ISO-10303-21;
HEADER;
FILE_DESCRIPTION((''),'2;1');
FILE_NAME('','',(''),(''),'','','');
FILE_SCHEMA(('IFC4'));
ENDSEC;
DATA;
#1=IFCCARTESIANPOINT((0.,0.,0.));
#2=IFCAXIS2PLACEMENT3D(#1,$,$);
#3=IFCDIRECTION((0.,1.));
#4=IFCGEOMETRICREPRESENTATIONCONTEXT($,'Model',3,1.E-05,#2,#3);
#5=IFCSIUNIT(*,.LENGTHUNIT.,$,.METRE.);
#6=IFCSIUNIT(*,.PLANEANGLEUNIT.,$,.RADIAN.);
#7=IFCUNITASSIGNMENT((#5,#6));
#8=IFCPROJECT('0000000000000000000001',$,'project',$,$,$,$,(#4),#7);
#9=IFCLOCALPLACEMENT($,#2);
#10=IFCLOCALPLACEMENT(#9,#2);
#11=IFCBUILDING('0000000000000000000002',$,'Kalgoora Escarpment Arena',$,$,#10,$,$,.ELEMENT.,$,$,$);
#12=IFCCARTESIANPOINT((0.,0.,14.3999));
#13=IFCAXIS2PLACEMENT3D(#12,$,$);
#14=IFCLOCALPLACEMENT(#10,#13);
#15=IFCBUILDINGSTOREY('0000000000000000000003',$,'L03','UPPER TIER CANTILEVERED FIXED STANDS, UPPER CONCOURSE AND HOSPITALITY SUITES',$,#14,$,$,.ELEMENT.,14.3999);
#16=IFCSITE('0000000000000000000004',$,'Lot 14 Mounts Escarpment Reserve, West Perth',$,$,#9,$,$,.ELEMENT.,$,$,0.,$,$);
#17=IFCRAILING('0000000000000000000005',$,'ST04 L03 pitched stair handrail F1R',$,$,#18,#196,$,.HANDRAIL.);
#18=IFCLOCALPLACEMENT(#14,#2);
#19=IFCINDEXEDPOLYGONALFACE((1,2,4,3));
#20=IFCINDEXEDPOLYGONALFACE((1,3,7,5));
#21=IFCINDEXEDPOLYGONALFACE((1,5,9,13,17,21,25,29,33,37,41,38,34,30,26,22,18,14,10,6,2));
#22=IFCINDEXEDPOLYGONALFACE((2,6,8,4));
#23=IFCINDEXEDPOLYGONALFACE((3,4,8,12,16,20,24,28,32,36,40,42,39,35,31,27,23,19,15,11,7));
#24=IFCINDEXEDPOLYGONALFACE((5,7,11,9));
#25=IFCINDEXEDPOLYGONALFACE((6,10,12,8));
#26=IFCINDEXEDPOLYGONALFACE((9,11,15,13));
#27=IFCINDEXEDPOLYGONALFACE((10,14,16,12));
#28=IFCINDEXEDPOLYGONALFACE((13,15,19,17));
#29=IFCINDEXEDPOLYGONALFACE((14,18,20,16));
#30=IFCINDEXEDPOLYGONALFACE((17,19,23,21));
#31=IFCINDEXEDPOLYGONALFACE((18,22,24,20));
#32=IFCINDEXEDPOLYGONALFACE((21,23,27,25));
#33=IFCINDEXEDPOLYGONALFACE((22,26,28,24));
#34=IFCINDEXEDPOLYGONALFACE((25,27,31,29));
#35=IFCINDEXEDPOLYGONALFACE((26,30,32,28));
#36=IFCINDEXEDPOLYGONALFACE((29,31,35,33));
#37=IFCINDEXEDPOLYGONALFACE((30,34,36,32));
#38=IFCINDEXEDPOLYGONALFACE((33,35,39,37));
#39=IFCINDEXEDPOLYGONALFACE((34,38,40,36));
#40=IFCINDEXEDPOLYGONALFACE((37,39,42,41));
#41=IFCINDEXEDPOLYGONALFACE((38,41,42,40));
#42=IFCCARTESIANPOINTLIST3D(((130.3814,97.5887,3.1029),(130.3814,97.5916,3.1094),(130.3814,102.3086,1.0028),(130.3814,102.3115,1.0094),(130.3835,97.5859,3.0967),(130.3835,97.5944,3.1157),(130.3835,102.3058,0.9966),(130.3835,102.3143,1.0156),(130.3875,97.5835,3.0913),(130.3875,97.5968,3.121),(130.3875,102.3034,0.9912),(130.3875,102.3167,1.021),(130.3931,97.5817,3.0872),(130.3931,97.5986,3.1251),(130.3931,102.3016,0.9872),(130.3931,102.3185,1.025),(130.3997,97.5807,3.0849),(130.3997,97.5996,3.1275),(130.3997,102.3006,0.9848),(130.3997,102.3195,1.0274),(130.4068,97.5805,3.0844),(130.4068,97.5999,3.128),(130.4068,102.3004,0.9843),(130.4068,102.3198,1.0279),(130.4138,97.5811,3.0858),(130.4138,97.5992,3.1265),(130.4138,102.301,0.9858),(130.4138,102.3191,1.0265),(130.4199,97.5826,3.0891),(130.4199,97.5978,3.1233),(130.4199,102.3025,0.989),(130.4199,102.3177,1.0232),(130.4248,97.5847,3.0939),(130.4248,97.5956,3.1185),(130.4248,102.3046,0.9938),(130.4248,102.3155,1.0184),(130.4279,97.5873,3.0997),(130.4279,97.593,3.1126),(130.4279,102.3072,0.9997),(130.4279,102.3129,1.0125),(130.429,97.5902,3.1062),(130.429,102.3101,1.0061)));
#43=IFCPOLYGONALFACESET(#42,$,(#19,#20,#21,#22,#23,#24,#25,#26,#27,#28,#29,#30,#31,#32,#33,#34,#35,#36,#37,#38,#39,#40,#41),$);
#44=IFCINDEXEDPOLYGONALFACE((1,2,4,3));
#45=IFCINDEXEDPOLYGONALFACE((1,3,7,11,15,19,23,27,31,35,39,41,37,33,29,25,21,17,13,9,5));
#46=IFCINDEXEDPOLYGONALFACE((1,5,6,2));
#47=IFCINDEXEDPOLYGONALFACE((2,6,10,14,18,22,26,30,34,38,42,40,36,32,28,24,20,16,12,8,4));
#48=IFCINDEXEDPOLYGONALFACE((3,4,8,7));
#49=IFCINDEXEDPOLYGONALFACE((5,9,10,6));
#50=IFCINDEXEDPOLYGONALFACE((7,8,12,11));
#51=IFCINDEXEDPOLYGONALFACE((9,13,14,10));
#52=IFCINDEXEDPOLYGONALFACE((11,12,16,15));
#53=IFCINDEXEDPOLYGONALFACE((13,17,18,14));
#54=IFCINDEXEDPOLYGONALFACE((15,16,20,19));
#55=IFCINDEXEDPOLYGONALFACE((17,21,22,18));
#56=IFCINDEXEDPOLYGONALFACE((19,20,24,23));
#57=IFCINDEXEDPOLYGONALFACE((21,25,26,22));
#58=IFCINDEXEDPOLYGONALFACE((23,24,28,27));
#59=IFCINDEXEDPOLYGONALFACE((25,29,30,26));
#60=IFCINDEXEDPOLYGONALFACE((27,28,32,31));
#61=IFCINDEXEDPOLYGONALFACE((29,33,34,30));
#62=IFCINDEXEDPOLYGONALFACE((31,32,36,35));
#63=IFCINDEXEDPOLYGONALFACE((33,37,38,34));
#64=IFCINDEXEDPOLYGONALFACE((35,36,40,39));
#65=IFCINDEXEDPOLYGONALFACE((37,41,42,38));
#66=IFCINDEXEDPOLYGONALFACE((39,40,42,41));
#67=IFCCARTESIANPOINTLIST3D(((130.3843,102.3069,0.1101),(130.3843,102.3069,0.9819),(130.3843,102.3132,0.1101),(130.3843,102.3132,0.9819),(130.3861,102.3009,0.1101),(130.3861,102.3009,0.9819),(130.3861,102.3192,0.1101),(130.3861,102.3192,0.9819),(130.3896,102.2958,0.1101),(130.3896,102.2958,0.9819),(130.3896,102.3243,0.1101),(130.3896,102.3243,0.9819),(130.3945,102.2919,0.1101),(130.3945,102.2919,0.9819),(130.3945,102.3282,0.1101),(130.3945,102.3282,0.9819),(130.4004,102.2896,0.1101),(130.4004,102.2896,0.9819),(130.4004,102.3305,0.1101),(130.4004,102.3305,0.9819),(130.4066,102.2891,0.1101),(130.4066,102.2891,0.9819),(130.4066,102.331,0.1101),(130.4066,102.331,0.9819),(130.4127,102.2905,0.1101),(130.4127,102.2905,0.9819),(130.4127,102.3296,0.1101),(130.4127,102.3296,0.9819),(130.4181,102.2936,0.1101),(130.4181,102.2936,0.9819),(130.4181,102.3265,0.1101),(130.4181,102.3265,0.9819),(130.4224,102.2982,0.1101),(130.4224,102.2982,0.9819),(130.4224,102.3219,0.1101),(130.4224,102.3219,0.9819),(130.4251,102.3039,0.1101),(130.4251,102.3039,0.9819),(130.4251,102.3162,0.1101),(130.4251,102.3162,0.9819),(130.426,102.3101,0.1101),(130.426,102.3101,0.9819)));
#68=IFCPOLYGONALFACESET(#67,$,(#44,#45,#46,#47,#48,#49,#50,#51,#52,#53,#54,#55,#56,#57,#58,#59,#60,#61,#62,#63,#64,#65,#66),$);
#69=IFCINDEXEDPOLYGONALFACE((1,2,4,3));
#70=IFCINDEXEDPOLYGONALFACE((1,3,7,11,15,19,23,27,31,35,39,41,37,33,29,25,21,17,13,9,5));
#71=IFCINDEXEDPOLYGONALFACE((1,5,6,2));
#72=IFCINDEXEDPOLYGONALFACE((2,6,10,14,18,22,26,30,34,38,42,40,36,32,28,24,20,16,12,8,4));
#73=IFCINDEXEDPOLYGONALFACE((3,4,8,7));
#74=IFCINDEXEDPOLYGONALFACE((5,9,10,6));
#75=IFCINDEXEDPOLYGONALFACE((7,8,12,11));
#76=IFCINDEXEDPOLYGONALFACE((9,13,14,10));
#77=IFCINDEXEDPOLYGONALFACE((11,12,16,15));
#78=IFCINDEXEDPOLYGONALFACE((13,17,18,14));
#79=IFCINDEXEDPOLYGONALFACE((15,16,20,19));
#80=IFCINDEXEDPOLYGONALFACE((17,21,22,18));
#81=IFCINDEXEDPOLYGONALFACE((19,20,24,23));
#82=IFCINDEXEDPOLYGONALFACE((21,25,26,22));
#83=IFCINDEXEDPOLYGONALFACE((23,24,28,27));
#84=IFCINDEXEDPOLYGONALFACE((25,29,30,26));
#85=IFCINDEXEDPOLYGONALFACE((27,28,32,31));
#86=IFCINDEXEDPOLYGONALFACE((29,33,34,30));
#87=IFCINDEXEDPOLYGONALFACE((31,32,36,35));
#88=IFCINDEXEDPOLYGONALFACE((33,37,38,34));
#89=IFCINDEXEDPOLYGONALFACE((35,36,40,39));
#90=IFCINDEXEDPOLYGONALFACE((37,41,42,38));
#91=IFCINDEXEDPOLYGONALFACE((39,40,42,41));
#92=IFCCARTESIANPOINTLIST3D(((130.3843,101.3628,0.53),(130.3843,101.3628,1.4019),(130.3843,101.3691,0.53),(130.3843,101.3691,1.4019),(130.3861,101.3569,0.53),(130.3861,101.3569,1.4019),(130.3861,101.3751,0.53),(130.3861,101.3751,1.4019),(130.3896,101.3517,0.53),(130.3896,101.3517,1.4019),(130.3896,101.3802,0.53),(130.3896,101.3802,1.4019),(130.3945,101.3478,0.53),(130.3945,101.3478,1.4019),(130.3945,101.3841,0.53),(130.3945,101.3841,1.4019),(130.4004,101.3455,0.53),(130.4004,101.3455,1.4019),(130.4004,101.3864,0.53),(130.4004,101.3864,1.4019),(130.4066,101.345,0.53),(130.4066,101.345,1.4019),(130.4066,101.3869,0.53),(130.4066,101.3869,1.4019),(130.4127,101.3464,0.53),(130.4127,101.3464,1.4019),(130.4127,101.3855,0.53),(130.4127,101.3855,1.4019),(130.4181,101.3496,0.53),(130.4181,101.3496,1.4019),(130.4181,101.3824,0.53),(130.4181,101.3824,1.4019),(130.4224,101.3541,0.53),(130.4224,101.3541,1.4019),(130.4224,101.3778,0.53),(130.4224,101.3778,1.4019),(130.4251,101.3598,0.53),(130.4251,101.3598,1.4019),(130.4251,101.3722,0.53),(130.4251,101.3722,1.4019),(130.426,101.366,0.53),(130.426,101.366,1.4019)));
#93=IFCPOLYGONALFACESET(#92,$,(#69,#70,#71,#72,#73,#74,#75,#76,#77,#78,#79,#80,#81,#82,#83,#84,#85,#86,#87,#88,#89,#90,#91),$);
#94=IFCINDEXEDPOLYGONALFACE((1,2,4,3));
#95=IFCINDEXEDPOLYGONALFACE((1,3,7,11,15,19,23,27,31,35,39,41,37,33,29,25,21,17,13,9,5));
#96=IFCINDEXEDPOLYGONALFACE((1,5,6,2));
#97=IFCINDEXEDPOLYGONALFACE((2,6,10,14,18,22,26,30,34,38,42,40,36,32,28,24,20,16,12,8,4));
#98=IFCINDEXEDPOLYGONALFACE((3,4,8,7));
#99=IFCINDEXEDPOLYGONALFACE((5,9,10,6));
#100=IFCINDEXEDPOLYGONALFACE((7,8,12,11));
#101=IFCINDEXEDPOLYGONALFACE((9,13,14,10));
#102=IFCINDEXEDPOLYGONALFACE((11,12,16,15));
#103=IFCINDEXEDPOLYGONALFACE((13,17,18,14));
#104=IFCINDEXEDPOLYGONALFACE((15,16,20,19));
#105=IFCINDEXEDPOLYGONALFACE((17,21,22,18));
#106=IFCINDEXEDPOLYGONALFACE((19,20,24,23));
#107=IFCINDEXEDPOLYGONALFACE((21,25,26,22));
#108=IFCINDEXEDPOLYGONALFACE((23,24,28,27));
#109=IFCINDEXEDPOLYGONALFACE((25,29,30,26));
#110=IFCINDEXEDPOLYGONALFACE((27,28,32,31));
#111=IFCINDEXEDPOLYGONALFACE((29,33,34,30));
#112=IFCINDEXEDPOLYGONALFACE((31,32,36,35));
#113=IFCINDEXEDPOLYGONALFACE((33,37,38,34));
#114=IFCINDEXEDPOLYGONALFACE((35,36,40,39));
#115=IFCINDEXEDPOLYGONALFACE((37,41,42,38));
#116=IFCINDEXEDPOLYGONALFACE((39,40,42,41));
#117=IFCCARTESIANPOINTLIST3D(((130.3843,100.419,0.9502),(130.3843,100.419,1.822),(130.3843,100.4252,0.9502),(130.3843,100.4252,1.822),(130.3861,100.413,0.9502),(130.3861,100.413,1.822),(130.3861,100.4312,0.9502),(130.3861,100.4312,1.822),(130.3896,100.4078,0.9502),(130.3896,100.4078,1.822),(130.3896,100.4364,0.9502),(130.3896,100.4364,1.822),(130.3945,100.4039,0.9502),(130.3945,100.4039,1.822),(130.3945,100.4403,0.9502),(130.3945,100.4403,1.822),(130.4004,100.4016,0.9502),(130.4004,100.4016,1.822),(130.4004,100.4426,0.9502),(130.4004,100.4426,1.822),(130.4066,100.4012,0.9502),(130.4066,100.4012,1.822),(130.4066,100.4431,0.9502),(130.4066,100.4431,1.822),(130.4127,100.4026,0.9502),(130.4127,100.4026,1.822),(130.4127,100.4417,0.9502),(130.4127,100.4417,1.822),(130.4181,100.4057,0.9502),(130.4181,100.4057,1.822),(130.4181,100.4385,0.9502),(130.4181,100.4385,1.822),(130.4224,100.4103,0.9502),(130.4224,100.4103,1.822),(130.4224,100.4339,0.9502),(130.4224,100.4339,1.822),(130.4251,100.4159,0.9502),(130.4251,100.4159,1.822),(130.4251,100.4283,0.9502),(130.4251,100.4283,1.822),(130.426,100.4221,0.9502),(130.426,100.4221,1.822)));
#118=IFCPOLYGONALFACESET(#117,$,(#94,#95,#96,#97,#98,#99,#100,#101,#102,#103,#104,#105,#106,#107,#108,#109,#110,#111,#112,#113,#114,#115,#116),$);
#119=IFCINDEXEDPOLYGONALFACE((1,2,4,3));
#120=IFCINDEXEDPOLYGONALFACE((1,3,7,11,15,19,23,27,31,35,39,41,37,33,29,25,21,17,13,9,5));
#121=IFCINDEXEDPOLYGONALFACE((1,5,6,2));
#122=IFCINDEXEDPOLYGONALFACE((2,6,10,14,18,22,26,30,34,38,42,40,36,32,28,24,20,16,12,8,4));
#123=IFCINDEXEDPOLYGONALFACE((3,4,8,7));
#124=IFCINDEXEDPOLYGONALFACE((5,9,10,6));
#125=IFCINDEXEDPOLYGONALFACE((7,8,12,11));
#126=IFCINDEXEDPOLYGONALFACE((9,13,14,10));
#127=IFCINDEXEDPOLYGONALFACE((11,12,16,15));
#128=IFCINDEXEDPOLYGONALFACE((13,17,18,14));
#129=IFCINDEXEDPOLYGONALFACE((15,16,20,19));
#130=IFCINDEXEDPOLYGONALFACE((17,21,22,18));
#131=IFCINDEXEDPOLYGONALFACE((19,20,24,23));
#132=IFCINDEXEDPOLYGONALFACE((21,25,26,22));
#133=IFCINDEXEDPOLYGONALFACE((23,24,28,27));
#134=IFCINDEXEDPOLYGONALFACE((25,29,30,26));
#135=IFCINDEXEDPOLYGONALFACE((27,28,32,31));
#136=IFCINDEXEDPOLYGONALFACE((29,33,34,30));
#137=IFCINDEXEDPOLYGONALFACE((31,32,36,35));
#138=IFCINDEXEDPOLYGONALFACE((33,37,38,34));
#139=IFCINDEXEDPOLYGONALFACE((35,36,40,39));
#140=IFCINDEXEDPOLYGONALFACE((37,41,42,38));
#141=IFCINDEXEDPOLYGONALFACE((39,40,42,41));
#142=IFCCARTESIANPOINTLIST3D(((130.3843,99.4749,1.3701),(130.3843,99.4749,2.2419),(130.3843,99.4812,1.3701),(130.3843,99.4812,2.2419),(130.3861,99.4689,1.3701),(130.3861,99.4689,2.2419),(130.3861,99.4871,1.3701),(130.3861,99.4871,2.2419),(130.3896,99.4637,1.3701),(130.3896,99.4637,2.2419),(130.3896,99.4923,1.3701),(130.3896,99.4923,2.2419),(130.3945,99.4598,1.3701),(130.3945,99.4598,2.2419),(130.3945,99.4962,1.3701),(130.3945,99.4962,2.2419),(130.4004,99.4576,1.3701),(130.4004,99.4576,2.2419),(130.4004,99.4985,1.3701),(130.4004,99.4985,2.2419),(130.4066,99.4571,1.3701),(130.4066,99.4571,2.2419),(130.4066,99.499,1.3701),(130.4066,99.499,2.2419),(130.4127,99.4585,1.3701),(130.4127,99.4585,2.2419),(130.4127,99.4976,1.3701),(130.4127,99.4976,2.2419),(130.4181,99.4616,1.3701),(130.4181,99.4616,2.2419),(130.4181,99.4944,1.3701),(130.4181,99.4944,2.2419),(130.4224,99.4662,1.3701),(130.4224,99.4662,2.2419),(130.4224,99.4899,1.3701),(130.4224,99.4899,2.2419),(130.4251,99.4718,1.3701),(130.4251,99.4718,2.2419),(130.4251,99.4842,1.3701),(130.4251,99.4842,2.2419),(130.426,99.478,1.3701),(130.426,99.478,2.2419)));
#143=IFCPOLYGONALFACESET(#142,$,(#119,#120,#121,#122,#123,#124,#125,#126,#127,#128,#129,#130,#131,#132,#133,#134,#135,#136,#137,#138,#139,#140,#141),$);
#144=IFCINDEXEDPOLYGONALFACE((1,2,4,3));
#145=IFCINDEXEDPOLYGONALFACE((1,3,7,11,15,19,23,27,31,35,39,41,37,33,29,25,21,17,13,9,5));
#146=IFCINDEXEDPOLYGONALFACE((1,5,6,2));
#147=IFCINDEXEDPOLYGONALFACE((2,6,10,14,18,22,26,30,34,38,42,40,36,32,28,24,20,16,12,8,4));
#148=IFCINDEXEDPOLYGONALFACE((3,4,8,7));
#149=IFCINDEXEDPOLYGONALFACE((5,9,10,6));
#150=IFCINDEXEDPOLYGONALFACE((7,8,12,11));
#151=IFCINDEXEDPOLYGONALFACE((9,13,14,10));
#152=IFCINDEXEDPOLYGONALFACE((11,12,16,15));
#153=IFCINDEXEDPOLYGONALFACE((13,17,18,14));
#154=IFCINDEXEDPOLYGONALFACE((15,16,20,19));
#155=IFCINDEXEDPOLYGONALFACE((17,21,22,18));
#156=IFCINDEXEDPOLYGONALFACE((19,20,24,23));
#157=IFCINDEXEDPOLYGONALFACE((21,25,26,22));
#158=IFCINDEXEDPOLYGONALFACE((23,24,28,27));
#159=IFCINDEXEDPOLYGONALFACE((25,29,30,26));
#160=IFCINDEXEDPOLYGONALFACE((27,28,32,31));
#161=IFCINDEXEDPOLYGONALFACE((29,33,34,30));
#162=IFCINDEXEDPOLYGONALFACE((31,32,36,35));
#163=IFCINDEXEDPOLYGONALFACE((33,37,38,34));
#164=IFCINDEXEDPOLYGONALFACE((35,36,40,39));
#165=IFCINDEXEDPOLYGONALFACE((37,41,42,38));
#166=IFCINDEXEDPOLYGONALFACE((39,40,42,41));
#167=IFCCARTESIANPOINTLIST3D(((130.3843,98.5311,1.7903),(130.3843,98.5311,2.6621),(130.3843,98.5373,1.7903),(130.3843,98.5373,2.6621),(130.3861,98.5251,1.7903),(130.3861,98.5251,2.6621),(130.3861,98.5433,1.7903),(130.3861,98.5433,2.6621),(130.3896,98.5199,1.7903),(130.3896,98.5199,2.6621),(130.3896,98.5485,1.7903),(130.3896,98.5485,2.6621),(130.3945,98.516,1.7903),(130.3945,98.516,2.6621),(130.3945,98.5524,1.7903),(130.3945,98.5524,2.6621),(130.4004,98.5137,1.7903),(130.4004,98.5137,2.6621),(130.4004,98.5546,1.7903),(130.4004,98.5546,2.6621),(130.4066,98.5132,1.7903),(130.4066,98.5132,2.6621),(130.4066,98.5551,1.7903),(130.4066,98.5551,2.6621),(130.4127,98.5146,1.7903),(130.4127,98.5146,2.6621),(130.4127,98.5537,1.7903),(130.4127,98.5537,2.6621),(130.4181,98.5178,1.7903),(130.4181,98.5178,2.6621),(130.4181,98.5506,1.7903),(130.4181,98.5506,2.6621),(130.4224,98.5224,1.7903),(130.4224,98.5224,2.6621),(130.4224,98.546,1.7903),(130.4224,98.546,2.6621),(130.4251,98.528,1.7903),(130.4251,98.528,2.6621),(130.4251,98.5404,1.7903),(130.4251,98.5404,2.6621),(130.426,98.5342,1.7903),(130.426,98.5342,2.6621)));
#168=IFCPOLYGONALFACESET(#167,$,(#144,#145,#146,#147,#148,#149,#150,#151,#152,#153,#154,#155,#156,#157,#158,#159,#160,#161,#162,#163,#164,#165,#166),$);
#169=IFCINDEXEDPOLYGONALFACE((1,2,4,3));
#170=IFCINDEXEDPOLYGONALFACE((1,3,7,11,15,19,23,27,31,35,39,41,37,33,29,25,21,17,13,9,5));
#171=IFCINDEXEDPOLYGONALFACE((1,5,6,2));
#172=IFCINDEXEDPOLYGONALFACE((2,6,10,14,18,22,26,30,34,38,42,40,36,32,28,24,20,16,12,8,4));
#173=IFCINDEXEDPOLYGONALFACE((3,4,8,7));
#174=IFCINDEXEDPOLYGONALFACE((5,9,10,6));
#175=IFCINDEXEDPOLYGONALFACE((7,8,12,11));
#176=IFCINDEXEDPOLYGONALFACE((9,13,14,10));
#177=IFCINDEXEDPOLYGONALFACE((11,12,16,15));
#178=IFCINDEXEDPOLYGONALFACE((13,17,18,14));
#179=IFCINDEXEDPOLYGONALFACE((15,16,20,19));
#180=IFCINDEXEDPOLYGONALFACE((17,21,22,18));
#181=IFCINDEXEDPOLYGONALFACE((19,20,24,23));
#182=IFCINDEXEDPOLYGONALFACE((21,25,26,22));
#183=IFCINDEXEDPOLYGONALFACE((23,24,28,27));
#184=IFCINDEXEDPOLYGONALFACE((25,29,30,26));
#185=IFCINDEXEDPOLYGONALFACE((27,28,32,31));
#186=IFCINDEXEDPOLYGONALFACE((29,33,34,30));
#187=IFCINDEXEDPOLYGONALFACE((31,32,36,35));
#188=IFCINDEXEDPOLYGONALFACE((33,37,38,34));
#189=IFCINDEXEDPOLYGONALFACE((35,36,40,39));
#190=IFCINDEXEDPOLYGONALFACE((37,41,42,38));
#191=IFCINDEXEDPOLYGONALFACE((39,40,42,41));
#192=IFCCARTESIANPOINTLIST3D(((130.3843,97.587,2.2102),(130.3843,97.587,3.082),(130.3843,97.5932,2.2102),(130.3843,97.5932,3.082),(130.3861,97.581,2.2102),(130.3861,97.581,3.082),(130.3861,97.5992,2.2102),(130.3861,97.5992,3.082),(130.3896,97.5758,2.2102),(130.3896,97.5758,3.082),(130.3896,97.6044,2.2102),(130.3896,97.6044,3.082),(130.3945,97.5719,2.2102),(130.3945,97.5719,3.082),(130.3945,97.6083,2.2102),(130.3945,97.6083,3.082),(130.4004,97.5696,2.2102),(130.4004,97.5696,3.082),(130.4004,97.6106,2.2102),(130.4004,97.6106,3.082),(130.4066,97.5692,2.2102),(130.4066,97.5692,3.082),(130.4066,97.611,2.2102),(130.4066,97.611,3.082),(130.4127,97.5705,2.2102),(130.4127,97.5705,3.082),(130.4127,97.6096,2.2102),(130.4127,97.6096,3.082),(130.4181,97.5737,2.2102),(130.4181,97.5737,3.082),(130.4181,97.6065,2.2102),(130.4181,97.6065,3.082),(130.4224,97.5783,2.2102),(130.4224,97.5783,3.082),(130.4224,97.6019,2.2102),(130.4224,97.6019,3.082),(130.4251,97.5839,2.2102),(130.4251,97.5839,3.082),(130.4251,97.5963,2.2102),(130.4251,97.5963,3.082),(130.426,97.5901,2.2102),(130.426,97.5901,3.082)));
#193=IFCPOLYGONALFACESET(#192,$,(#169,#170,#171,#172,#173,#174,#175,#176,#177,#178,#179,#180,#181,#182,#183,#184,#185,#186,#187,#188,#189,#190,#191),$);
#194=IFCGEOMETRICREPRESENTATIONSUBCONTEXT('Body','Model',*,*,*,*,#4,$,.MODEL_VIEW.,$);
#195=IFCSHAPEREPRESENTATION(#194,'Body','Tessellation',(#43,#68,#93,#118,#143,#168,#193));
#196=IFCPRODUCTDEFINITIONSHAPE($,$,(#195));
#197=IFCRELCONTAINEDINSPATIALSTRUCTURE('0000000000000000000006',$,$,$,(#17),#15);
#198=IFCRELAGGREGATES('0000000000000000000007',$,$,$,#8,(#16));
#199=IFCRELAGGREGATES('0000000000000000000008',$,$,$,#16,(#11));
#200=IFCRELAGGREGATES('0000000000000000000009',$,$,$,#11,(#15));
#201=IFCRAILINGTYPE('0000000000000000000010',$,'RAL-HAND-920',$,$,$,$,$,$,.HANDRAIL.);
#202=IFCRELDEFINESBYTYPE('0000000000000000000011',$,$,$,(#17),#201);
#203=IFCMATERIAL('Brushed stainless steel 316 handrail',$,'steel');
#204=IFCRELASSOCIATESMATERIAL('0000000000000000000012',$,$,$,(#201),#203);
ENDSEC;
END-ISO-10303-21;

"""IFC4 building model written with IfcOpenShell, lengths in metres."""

from ifc_helpers import new_model, si_unit, direction, frame, origin, origin_2d, place, context, subcontext, project, spatial, circle, extrude, material, type_object, element, save


model = new_model("IFC4")

# Units and contexts
model_context = context("Model", 3, precision=1e-05, world=origin(), true_north=direction((0.0, 1.0)))
body_context = subcontext(model_context, "Body", "Model", "MODEL_VIEW")
ifc_project = project(units=[si_unit("LENGTHUNIT", "METRE"), si_unit("PLANEANGLEUNIT", "RADIAN")], contexts=[model_context])

# Site, building, storey
site_placement = place(None, origin())
site = spatial("IfcSite", under=ifc_project, at=site_placement, Name="Lot 14 Mounts Escarpment Reserve, West Perth", CompositionType="ELEMENT", RefElevation=0.0)
building_placement = place(site_placement, origin())
building = spatial("IfcBuilding", under=site, at=building_placement, Name="Kalgoora Escarpment Arena", CompositionType="ELEMENT")
storey_placement = place(building_placement, frame((0.0, 0.0, 14.3999)))
storey = spatial("IfcBuildingStorey", under=building, at=storey_placement, Name="L03", Description="UPPER TIER CANTILEVERED FIXED STANDS, UPPER CONCOURSE AND HOSPITALITY SUITES", CompositionType="ELEMENT", Elevation=14.3999)

# Railing
ifc_material_1 = material(Name="Brushed stainless steel 316 handrail", Category="steel")
railing_type_1 = type_object("IfcRailingType", Name="RAL-HAND-920", PredefinedType="HANDRAIL", material=ifc_material_1)
railing_1_placement = place(storey_placement, frame((130.405, 102.3101, 0.1101)))
element("IfcRailing", 1, at=railing_1_placement, inside=storey, type_object=railing_type_1, Name="ST04 L03 pitched stair handrail F1R", PredefinedType="HANDRAIL", context=body_context, shape_type="SweptSolid", body=[
    extrude(circle(Radius=0.0239, at=origin_2d()), frame((0.0, 0.0, 0.896), z_axis=(0.0, -0.913644, 0.406516), x_axis=(1.0, 0.0, 0.0)), (0.0, 0.0, 1.0), 5.166),
    extrude(circle(Radius=0.021, at=origin_2d()), origin(), (0.0, 0.0, 1.0), 0.8718),
    extrude(circle(Radius=0.021, at=origin_2d()), frame((0.0, -0.9441, 0.4199)), (0.0, 0.0, 1.0), 0.8718),
    extrude(circle(Radius=0.021, at=origin_2d()), frame((0.0, -1.8879, 0.8401)), (0.0, 0.0, 1.0), 0.8718),
    extrude(circle(Radius=0.021, at=origin_2d()), frame((0.0, -2.832, 1.26)), (0.0, 0.0, 1.0), 0.8718),
    extrude(circle(Radius=0.021, at=origin_2d()), frame((0.0, -3.7759, 1.6802)), (0.0, 0.0, 1.0), 0.8718),
    extrude(circle(Radius=0.021, at=origin_2d()), frame((0.0, -4.72, 2.1001)), (0.0, 0.0, 1.0), 0.8718),
])

save(model, "model.ifc")
